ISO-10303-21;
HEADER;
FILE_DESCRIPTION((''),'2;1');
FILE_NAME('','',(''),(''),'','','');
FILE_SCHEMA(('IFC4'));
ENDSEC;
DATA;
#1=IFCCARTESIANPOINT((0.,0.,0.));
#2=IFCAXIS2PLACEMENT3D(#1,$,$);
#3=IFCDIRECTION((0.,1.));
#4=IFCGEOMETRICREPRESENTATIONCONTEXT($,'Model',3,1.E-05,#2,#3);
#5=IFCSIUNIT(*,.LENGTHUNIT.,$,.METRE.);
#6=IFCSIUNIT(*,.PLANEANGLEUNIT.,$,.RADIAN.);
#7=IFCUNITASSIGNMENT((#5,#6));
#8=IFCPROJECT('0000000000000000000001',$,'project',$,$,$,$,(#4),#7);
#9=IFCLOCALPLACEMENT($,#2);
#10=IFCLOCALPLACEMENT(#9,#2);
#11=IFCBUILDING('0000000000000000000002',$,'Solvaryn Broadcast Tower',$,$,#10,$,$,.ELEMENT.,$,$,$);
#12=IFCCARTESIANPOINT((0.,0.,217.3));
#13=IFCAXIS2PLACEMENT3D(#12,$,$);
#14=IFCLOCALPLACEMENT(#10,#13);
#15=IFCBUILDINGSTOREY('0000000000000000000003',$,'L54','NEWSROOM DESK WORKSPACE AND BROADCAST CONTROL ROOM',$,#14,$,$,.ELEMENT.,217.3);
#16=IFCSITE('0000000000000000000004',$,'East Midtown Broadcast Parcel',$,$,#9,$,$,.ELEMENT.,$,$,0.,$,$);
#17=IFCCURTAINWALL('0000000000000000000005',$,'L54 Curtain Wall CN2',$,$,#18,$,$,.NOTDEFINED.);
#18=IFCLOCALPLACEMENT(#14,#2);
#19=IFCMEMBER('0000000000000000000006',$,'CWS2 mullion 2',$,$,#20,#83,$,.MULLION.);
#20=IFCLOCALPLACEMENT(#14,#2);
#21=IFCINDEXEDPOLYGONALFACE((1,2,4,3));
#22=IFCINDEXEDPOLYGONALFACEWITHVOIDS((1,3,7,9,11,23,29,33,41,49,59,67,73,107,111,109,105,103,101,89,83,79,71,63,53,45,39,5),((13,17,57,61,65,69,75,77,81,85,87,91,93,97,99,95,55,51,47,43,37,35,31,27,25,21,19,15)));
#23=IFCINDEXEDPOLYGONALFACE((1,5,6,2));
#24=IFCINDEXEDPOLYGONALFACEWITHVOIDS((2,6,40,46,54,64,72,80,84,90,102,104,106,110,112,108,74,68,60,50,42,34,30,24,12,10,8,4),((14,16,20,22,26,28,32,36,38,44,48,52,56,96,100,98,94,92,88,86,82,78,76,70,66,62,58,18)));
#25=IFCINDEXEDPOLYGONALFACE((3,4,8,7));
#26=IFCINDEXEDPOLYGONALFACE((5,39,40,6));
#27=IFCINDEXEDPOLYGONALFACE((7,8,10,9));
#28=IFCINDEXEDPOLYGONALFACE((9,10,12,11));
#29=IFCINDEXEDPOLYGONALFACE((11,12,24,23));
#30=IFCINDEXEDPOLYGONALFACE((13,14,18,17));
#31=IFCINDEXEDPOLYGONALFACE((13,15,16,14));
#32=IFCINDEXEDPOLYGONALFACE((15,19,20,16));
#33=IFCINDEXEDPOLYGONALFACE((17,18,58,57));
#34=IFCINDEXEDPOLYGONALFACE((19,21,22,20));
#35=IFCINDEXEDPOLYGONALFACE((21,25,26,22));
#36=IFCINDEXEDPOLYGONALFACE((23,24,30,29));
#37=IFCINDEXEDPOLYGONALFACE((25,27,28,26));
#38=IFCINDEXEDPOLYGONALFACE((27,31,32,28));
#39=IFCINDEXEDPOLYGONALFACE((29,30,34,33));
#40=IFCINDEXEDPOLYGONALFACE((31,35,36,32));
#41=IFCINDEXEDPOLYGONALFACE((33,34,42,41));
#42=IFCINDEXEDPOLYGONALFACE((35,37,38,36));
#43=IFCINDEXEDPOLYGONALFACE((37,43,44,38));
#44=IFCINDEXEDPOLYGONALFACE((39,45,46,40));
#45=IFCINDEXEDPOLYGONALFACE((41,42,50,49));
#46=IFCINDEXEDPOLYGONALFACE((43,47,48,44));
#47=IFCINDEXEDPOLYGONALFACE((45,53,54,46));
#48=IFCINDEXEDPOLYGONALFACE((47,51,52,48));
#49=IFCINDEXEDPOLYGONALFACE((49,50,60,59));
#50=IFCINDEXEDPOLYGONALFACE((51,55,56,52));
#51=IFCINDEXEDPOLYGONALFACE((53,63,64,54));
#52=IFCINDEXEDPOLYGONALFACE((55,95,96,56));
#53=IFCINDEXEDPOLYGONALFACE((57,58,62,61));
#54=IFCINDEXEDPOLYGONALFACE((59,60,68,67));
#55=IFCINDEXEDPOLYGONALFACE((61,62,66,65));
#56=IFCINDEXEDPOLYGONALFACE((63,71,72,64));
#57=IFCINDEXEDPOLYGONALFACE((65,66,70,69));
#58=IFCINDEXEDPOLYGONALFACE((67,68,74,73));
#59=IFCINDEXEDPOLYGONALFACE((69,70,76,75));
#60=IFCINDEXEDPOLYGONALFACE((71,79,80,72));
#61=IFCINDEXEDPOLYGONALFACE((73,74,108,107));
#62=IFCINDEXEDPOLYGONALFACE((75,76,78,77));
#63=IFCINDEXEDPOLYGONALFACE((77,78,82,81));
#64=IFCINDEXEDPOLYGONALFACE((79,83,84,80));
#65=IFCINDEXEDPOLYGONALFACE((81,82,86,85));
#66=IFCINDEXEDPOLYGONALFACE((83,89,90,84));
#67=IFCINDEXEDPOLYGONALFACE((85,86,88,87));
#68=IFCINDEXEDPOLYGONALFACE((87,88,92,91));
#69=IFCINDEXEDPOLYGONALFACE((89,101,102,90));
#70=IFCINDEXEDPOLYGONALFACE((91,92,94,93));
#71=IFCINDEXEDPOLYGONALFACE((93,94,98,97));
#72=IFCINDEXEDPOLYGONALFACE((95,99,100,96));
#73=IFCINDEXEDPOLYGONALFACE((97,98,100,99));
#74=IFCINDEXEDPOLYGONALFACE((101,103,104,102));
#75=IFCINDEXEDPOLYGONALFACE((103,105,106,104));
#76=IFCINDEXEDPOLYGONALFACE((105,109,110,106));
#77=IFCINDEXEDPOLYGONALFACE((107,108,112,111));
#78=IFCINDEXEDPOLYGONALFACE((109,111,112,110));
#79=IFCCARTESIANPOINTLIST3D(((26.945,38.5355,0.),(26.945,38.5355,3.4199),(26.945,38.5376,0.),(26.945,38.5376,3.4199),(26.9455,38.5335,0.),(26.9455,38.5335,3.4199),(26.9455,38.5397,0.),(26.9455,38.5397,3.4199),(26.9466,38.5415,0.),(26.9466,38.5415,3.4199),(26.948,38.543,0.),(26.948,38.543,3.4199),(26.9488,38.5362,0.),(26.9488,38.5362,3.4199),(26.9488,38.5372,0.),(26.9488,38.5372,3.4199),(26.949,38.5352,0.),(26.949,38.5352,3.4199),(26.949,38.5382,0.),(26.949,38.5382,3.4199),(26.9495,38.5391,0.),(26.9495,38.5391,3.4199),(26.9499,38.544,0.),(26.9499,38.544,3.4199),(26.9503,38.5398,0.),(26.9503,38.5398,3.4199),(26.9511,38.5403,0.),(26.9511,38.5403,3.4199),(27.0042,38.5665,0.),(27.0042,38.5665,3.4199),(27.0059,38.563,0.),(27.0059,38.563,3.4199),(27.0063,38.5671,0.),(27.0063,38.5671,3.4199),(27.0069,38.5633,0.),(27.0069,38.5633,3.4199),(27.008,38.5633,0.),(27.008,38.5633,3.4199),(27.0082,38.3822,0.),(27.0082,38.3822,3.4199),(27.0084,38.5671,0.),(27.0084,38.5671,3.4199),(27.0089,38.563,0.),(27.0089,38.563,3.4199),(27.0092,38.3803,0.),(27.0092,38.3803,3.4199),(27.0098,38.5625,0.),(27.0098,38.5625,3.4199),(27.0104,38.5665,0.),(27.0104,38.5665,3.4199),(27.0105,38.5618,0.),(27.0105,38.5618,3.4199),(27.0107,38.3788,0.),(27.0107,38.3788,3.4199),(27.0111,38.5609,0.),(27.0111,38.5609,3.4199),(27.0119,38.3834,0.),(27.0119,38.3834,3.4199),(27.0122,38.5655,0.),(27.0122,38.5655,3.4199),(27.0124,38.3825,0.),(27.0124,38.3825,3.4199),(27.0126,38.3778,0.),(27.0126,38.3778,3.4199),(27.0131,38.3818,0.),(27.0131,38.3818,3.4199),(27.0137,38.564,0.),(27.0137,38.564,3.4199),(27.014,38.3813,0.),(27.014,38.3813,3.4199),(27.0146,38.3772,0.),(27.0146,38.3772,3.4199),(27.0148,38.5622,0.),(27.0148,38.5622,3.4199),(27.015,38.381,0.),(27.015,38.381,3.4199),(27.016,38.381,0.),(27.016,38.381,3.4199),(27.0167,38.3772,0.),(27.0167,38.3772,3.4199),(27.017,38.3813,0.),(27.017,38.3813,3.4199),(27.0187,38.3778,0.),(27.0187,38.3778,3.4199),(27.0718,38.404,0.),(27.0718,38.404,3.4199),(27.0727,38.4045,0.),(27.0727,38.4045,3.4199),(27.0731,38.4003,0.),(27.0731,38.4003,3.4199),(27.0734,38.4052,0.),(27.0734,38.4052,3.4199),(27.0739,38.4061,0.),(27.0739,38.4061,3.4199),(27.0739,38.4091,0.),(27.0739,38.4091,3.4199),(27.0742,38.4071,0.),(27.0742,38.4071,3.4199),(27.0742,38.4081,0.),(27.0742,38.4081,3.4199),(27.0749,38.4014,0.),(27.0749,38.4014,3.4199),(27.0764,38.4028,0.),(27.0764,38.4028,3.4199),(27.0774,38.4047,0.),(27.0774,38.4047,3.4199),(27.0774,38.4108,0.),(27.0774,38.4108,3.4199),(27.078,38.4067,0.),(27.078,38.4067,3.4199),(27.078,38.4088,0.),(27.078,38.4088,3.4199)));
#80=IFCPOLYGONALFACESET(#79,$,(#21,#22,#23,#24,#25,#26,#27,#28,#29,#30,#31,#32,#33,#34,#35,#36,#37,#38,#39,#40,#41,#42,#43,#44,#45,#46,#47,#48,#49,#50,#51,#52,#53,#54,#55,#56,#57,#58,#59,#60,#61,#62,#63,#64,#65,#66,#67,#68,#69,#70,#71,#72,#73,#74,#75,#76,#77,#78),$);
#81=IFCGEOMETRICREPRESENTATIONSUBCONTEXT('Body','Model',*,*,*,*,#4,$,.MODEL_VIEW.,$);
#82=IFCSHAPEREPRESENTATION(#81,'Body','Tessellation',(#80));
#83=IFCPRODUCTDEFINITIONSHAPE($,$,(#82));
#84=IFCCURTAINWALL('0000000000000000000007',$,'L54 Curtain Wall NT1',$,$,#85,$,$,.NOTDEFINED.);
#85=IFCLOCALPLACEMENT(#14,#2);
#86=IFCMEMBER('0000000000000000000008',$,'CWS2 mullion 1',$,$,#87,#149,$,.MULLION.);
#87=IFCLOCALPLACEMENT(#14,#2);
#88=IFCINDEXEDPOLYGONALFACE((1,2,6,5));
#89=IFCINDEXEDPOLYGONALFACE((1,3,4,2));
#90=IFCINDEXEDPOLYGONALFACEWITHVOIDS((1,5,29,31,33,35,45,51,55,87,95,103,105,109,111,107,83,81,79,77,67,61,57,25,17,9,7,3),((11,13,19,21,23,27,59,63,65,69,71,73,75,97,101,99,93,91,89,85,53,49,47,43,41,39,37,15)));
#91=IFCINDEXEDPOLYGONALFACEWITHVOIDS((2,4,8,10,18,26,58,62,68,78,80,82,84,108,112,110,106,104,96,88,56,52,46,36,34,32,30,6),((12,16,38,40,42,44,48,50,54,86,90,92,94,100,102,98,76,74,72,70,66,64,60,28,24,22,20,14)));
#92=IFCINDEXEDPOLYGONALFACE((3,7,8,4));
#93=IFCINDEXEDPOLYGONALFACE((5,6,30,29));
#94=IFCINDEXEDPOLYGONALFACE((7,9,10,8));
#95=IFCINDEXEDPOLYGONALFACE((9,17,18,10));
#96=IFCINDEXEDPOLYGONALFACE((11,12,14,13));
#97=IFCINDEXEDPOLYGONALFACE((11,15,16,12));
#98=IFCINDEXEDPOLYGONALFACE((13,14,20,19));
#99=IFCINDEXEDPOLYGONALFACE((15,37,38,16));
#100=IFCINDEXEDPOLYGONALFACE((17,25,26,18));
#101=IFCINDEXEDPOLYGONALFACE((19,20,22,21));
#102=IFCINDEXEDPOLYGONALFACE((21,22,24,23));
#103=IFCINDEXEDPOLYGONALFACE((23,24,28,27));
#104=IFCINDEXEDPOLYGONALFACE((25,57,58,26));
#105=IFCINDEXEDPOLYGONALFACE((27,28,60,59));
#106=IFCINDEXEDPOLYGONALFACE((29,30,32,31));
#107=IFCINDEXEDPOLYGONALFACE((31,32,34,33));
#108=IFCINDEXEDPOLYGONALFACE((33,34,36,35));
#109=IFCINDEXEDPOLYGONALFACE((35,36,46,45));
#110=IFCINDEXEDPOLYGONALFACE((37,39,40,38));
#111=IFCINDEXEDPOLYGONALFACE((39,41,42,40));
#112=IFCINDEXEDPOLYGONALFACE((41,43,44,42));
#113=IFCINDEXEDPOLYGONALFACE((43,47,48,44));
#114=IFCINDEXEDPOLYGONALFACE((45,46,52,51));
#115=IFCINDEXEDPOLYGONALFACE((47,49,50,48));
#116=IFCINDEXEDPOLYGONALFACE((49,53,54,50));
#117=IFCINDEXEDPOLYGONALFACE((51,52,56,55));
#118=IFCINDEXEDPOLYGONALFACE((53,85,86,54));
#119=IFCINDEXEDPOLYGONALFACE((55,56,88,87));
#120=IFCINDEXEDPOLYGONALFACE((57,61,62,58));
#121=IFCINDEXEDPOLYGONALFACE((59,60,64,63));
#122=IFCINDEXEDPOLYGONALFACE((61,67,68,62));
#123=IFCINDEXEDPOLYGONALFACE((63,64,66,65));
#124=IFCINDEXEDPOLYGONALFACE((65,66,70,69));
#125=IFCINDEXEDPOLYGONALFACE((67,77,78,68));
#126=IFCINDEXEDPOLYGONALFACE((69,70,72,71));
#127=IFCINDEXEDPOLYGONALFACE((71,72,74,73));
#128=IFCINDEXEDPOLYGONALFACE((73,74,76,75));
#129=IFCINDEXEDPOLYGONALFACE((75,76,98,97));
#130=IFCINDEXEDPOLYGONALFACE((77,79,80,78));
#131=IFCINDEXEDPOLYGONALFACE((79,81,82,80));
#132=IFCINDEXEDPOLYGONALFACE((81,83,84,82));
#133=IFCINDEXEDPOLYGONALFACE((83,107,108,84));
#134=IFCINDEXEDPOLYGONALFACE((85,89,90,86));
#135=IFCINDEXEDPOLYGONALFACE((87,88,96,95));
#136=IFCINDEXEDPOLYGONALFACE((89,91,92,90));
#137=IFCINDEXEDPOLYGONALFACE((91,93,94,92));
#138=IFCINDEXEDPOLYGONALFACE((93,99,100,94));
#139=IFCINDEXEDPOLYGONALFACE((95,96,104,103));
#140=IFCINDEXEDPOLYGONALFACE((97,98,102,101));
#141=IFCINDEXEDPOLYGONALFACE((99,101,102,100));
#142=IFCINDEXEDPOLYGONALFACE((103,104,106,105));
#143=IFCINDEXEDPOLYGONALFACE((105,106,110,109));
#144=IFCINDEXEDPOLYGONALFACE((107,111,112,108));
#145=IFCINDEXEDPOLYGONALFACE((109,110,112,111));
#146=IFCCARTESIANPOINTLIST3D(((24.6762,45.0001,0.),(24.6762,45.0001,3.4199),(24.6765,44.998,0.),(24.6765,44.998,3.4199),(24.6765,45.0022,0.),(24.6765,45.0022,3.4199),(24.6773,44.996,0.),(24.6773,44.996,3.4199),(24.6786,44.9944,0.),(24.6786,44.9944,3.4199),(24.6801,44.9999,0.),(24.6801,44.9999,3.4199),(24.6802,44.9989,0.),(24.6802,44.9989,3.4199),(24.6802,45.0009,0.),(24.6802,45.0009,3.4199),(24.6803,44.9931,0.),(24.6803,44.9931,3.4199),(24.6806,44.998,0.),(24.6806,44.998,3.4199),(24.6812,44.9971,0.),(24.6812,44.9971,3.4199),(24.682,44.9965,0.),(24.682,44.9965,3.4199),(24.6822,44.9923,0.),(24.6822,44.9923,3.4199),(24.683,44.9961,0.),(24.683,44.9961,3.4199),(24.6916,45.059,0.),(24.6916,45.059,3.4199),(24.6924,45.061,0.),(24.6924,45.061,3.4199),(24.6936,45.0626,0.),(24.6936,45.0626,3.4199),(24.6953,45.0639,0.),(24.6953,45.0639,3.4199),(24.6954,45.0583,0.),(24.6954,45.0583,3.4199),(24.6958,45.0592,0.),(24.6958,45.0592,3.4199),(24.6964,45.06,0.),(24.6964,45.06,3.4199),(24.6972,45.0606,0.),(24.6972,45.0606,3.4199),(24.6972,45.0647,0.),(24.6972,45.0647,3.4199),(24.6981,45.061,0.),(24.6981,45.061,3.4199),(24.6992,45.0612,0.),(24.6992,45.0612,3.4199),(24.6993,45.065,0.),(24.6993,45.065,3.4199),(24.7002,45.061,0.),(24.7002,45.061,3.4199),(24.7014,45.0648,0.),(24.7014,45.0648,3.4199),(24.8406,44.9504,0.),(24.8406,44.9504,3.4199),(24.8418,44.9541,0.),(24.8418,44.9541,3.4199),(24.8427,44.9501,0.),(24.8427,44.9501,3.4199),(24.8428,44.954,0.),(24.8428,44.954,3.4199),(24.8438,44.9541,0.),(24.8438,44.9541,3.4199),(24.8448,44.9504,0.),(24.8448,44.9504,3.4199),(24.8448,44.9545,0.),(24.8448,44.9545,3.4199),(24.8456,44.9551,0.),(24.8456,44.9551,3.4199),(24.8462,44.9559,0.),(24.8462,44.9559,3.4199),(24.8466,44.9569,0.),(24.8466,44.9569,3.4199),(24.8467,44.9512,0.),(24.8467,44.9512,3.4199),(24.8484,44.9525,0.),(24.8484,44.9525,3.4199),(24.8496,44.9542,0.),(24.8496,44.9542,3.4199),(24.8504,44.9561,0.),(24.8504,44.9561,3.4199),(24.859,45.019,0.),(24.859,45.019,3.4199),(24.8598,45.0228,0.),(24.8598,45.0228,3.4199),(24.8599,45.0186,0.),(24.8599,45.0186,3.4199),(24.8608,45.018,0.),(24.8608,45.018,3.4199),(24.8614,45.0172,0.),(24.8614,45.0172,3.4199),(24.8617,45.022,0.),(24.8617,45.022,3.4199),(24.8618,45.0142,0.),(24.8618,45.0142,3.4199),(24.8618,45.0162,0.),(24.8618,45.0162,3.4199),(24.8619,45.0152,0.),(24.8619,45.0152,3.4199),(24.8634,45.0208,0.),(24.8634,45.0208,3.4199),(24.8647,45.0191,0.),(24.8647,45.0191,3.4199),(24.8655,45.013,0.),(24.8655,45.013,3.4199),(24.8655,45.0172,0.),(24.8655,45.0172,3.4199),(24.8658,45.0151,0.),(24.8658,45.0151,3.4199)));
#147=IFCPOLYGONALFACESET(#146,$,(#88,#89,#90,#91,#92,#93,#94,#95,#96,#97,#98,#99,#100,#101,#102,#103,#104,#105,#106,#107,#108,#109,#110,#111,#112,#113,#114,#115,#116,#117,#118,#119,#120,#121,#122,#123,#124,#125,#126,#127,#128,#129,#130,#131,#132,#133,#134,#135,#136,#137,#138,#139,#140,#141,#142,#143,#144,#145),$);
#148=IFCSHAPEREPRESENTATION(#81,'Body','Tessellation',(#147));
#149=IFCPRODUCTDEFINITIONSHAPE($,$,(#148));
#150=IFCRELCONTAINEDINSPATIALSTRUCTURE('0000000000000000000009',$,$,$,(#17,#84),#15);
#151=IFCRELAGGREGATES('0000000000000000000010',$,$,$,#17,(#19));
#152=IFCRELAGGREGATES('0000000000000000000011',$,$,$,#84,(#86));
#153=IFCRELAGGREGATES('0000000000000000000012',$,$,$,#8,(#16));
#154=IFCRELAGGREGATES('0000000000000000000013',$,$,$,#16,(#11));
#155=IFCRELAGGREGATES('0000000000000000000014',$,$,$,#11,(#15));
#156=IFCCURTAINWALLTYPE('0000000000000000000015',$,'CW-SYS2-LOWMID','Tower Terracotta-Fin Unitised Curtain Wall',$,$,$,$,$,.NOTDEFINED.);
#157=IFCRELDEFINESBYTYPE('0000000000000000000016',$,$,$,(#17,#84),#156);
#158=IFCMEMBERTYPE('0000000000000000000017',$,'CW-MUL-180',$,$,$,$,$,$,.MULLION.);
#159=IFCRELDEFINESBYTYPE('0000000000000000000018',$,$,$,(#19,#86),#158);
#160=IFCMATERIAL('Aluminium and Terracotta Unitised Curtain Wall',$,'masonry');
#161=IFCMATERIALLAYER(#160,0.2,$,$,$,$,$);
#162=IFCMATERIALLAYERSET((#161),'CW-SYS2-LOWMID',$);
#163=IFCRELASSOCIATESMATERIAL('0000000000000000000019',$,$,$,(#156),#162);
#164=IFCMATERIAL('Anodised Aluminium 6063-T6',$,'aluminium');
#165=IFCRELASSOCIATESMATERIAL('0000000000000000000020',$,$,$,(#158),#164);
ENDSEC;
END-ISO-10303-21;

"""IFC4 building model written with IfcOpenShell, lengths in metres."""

from ifc_helpers import new_model, si_unit, direction, frame, origin, origin_2d, place, context, subcontext, project, spatial, hollow_rectangle, extrude, material, layer, layer_set, material_profile, profile_set, type_object, element, aggregate, save


model = new_model("IFC4")

# Units and contexts
model_context = context("Model", 3, precision=1e-05, world=origin(), true_north=direction((0.0, 1.0)))
body_context = subcontext(model_context, "Body", "Model", "MODEL_VIEW")
ifc_project = project(units=[si_unit("LENGTHUNIT", "METRE"), si_unit("PLANEANGLEUNIT", "RADIAN")], contexts=[model_context])

# Site, building, storey
site_placement = place(None, origin())
site = spatial("IfcSite", under=ifc_project, at=site_placement, Name="East Midtown Broadcast Parcel", CompositionType="ELEMENT", RefElevation=0.0)
building_placement = place(site_placement, origin())
building = spatial("IfcBuilding", under=site, at=building_placement, Name="Solvaryn Broadcast Tower", CompositionType="ELEMENT")
storey_placement = place(building_placement, frame((0.0, 0.0, 217.3)))
storey = spatial("IfcBuildingStorey", under=building, at=storey_placement, Name="L54", Description="NEWSROOM DESK WORKSPACE AND BROADCAST CONTROL ROOM", CompositionType="ELEMENT", Elevation=217.3)

# Shared definitions
ifc_material_1 = material(Name="Aluminium and Terracotta Unitised Curtain Wall", Category="masonry")
ifc_layer_1 = layer(ifc_material_1, 0.2)
ifc_layer_set_1 = layer_set([ifc_layer_1], Name="CW-SYS2-LOWMID")
curtain_wall_type = type_object("IfcCurtainWallType", Name="CW-SYS2-LOWMID", Description="Tower Terracotta-Fin Unitised Curtain Wall", PredefinedType="NOTDEFINED", material=ifc_layer_set_1)
ifc_material_2 = material(Name="Anodised Aluminium 6063-T6", Category="aluminium")
ifc_material_profile_1 = material_profile(ifc_material_2, hollow_rectangle(XDim=0.075, YDim=0.1799, WallThickness=0.0039, InnerFilletRadius=0.0039, OuterFilletRadius=0.0081, at=origin_2d()))
ifc_profile_set_1 = profile_set([ifc_material_profile_1], Name="Anodised Aluminium 6063-T6")
member_type_1 = type_object("IfcMemberType", Name="CW-MUL-180", PredefinedType="MULLION", material=ifc_profile_set_1)

# Curtain walls, members
curtain_wall_1_placement = place(storey_placement, origin())
curtain_wall_1 = element("IfcCurtainWall", 1, at=curtain_wall_1_placement, inside=storey, type_object=curtain_wall_type, Name="L54 Curtain Wall CN2", PredefinedType="NOTDEFINED")
member_1_placement = place(storey_placement, frame((27.0115, 38.4722, 0.0), z_axis=(0.0, 0.0, 1.0), x_axis=(-0.923895, -0.382646, 0.0)))
member_1 = element("IfcMember", 2, at=member_1_placement, type_object=member_type_1, Name="CWS2 mullion 2", PredefinedType="MULLION", context=body_context, shape_type="SweptSolid", body=[
    extrude(hollow_rectangle(XDim=0.075, YDim=0.1799, WallThickness=0.0039, InnerFilletRadius=0.0039, OuterFilletRadius=0.0081, at=origin_2d()), origin(), (0.0, 0.0, 1.0), 3.4199),
])
aggregate(curtain_wall_1, [member_1])
curtain_wall_2_placement = place(storey_placement, origin())
curtain_wall_2 = element("IfcCurtainWall", 3, at=curtain_wall_2_placement, inside=storey, type_object=curtain_wall_type, Name="L54 Curtain Wall NT1", PredefinedType="NOTDEFINED")
member_2_placement = place(storey_placement, frame((24.771, 45.0076, 0.0), z_axis=(0.0, 0.0, 1.0), x_axis=(-0.255893, -0.966705, 0.0)))
member_2 = element("IfcMember", 4, at=member_2_placement, type_object=member_type_1, Name="CWS2 mullion 1", PredefinedType="MULLION", context=body_context, shape_type="SweptSolid", body=[
    extrude(hollow_rectangle(XDim=0.075, YDim=0.1799, WallThickness=0.0039, InnerFilletRadius=0.0039, OuterFilletRadius=0.0081, at=origin_2d()), origin(), (0.0, 0.0, 1.0), 3.4199),
])

aggregate(curtain_wall_2, [member_2])

save(model, "model.ifc")
